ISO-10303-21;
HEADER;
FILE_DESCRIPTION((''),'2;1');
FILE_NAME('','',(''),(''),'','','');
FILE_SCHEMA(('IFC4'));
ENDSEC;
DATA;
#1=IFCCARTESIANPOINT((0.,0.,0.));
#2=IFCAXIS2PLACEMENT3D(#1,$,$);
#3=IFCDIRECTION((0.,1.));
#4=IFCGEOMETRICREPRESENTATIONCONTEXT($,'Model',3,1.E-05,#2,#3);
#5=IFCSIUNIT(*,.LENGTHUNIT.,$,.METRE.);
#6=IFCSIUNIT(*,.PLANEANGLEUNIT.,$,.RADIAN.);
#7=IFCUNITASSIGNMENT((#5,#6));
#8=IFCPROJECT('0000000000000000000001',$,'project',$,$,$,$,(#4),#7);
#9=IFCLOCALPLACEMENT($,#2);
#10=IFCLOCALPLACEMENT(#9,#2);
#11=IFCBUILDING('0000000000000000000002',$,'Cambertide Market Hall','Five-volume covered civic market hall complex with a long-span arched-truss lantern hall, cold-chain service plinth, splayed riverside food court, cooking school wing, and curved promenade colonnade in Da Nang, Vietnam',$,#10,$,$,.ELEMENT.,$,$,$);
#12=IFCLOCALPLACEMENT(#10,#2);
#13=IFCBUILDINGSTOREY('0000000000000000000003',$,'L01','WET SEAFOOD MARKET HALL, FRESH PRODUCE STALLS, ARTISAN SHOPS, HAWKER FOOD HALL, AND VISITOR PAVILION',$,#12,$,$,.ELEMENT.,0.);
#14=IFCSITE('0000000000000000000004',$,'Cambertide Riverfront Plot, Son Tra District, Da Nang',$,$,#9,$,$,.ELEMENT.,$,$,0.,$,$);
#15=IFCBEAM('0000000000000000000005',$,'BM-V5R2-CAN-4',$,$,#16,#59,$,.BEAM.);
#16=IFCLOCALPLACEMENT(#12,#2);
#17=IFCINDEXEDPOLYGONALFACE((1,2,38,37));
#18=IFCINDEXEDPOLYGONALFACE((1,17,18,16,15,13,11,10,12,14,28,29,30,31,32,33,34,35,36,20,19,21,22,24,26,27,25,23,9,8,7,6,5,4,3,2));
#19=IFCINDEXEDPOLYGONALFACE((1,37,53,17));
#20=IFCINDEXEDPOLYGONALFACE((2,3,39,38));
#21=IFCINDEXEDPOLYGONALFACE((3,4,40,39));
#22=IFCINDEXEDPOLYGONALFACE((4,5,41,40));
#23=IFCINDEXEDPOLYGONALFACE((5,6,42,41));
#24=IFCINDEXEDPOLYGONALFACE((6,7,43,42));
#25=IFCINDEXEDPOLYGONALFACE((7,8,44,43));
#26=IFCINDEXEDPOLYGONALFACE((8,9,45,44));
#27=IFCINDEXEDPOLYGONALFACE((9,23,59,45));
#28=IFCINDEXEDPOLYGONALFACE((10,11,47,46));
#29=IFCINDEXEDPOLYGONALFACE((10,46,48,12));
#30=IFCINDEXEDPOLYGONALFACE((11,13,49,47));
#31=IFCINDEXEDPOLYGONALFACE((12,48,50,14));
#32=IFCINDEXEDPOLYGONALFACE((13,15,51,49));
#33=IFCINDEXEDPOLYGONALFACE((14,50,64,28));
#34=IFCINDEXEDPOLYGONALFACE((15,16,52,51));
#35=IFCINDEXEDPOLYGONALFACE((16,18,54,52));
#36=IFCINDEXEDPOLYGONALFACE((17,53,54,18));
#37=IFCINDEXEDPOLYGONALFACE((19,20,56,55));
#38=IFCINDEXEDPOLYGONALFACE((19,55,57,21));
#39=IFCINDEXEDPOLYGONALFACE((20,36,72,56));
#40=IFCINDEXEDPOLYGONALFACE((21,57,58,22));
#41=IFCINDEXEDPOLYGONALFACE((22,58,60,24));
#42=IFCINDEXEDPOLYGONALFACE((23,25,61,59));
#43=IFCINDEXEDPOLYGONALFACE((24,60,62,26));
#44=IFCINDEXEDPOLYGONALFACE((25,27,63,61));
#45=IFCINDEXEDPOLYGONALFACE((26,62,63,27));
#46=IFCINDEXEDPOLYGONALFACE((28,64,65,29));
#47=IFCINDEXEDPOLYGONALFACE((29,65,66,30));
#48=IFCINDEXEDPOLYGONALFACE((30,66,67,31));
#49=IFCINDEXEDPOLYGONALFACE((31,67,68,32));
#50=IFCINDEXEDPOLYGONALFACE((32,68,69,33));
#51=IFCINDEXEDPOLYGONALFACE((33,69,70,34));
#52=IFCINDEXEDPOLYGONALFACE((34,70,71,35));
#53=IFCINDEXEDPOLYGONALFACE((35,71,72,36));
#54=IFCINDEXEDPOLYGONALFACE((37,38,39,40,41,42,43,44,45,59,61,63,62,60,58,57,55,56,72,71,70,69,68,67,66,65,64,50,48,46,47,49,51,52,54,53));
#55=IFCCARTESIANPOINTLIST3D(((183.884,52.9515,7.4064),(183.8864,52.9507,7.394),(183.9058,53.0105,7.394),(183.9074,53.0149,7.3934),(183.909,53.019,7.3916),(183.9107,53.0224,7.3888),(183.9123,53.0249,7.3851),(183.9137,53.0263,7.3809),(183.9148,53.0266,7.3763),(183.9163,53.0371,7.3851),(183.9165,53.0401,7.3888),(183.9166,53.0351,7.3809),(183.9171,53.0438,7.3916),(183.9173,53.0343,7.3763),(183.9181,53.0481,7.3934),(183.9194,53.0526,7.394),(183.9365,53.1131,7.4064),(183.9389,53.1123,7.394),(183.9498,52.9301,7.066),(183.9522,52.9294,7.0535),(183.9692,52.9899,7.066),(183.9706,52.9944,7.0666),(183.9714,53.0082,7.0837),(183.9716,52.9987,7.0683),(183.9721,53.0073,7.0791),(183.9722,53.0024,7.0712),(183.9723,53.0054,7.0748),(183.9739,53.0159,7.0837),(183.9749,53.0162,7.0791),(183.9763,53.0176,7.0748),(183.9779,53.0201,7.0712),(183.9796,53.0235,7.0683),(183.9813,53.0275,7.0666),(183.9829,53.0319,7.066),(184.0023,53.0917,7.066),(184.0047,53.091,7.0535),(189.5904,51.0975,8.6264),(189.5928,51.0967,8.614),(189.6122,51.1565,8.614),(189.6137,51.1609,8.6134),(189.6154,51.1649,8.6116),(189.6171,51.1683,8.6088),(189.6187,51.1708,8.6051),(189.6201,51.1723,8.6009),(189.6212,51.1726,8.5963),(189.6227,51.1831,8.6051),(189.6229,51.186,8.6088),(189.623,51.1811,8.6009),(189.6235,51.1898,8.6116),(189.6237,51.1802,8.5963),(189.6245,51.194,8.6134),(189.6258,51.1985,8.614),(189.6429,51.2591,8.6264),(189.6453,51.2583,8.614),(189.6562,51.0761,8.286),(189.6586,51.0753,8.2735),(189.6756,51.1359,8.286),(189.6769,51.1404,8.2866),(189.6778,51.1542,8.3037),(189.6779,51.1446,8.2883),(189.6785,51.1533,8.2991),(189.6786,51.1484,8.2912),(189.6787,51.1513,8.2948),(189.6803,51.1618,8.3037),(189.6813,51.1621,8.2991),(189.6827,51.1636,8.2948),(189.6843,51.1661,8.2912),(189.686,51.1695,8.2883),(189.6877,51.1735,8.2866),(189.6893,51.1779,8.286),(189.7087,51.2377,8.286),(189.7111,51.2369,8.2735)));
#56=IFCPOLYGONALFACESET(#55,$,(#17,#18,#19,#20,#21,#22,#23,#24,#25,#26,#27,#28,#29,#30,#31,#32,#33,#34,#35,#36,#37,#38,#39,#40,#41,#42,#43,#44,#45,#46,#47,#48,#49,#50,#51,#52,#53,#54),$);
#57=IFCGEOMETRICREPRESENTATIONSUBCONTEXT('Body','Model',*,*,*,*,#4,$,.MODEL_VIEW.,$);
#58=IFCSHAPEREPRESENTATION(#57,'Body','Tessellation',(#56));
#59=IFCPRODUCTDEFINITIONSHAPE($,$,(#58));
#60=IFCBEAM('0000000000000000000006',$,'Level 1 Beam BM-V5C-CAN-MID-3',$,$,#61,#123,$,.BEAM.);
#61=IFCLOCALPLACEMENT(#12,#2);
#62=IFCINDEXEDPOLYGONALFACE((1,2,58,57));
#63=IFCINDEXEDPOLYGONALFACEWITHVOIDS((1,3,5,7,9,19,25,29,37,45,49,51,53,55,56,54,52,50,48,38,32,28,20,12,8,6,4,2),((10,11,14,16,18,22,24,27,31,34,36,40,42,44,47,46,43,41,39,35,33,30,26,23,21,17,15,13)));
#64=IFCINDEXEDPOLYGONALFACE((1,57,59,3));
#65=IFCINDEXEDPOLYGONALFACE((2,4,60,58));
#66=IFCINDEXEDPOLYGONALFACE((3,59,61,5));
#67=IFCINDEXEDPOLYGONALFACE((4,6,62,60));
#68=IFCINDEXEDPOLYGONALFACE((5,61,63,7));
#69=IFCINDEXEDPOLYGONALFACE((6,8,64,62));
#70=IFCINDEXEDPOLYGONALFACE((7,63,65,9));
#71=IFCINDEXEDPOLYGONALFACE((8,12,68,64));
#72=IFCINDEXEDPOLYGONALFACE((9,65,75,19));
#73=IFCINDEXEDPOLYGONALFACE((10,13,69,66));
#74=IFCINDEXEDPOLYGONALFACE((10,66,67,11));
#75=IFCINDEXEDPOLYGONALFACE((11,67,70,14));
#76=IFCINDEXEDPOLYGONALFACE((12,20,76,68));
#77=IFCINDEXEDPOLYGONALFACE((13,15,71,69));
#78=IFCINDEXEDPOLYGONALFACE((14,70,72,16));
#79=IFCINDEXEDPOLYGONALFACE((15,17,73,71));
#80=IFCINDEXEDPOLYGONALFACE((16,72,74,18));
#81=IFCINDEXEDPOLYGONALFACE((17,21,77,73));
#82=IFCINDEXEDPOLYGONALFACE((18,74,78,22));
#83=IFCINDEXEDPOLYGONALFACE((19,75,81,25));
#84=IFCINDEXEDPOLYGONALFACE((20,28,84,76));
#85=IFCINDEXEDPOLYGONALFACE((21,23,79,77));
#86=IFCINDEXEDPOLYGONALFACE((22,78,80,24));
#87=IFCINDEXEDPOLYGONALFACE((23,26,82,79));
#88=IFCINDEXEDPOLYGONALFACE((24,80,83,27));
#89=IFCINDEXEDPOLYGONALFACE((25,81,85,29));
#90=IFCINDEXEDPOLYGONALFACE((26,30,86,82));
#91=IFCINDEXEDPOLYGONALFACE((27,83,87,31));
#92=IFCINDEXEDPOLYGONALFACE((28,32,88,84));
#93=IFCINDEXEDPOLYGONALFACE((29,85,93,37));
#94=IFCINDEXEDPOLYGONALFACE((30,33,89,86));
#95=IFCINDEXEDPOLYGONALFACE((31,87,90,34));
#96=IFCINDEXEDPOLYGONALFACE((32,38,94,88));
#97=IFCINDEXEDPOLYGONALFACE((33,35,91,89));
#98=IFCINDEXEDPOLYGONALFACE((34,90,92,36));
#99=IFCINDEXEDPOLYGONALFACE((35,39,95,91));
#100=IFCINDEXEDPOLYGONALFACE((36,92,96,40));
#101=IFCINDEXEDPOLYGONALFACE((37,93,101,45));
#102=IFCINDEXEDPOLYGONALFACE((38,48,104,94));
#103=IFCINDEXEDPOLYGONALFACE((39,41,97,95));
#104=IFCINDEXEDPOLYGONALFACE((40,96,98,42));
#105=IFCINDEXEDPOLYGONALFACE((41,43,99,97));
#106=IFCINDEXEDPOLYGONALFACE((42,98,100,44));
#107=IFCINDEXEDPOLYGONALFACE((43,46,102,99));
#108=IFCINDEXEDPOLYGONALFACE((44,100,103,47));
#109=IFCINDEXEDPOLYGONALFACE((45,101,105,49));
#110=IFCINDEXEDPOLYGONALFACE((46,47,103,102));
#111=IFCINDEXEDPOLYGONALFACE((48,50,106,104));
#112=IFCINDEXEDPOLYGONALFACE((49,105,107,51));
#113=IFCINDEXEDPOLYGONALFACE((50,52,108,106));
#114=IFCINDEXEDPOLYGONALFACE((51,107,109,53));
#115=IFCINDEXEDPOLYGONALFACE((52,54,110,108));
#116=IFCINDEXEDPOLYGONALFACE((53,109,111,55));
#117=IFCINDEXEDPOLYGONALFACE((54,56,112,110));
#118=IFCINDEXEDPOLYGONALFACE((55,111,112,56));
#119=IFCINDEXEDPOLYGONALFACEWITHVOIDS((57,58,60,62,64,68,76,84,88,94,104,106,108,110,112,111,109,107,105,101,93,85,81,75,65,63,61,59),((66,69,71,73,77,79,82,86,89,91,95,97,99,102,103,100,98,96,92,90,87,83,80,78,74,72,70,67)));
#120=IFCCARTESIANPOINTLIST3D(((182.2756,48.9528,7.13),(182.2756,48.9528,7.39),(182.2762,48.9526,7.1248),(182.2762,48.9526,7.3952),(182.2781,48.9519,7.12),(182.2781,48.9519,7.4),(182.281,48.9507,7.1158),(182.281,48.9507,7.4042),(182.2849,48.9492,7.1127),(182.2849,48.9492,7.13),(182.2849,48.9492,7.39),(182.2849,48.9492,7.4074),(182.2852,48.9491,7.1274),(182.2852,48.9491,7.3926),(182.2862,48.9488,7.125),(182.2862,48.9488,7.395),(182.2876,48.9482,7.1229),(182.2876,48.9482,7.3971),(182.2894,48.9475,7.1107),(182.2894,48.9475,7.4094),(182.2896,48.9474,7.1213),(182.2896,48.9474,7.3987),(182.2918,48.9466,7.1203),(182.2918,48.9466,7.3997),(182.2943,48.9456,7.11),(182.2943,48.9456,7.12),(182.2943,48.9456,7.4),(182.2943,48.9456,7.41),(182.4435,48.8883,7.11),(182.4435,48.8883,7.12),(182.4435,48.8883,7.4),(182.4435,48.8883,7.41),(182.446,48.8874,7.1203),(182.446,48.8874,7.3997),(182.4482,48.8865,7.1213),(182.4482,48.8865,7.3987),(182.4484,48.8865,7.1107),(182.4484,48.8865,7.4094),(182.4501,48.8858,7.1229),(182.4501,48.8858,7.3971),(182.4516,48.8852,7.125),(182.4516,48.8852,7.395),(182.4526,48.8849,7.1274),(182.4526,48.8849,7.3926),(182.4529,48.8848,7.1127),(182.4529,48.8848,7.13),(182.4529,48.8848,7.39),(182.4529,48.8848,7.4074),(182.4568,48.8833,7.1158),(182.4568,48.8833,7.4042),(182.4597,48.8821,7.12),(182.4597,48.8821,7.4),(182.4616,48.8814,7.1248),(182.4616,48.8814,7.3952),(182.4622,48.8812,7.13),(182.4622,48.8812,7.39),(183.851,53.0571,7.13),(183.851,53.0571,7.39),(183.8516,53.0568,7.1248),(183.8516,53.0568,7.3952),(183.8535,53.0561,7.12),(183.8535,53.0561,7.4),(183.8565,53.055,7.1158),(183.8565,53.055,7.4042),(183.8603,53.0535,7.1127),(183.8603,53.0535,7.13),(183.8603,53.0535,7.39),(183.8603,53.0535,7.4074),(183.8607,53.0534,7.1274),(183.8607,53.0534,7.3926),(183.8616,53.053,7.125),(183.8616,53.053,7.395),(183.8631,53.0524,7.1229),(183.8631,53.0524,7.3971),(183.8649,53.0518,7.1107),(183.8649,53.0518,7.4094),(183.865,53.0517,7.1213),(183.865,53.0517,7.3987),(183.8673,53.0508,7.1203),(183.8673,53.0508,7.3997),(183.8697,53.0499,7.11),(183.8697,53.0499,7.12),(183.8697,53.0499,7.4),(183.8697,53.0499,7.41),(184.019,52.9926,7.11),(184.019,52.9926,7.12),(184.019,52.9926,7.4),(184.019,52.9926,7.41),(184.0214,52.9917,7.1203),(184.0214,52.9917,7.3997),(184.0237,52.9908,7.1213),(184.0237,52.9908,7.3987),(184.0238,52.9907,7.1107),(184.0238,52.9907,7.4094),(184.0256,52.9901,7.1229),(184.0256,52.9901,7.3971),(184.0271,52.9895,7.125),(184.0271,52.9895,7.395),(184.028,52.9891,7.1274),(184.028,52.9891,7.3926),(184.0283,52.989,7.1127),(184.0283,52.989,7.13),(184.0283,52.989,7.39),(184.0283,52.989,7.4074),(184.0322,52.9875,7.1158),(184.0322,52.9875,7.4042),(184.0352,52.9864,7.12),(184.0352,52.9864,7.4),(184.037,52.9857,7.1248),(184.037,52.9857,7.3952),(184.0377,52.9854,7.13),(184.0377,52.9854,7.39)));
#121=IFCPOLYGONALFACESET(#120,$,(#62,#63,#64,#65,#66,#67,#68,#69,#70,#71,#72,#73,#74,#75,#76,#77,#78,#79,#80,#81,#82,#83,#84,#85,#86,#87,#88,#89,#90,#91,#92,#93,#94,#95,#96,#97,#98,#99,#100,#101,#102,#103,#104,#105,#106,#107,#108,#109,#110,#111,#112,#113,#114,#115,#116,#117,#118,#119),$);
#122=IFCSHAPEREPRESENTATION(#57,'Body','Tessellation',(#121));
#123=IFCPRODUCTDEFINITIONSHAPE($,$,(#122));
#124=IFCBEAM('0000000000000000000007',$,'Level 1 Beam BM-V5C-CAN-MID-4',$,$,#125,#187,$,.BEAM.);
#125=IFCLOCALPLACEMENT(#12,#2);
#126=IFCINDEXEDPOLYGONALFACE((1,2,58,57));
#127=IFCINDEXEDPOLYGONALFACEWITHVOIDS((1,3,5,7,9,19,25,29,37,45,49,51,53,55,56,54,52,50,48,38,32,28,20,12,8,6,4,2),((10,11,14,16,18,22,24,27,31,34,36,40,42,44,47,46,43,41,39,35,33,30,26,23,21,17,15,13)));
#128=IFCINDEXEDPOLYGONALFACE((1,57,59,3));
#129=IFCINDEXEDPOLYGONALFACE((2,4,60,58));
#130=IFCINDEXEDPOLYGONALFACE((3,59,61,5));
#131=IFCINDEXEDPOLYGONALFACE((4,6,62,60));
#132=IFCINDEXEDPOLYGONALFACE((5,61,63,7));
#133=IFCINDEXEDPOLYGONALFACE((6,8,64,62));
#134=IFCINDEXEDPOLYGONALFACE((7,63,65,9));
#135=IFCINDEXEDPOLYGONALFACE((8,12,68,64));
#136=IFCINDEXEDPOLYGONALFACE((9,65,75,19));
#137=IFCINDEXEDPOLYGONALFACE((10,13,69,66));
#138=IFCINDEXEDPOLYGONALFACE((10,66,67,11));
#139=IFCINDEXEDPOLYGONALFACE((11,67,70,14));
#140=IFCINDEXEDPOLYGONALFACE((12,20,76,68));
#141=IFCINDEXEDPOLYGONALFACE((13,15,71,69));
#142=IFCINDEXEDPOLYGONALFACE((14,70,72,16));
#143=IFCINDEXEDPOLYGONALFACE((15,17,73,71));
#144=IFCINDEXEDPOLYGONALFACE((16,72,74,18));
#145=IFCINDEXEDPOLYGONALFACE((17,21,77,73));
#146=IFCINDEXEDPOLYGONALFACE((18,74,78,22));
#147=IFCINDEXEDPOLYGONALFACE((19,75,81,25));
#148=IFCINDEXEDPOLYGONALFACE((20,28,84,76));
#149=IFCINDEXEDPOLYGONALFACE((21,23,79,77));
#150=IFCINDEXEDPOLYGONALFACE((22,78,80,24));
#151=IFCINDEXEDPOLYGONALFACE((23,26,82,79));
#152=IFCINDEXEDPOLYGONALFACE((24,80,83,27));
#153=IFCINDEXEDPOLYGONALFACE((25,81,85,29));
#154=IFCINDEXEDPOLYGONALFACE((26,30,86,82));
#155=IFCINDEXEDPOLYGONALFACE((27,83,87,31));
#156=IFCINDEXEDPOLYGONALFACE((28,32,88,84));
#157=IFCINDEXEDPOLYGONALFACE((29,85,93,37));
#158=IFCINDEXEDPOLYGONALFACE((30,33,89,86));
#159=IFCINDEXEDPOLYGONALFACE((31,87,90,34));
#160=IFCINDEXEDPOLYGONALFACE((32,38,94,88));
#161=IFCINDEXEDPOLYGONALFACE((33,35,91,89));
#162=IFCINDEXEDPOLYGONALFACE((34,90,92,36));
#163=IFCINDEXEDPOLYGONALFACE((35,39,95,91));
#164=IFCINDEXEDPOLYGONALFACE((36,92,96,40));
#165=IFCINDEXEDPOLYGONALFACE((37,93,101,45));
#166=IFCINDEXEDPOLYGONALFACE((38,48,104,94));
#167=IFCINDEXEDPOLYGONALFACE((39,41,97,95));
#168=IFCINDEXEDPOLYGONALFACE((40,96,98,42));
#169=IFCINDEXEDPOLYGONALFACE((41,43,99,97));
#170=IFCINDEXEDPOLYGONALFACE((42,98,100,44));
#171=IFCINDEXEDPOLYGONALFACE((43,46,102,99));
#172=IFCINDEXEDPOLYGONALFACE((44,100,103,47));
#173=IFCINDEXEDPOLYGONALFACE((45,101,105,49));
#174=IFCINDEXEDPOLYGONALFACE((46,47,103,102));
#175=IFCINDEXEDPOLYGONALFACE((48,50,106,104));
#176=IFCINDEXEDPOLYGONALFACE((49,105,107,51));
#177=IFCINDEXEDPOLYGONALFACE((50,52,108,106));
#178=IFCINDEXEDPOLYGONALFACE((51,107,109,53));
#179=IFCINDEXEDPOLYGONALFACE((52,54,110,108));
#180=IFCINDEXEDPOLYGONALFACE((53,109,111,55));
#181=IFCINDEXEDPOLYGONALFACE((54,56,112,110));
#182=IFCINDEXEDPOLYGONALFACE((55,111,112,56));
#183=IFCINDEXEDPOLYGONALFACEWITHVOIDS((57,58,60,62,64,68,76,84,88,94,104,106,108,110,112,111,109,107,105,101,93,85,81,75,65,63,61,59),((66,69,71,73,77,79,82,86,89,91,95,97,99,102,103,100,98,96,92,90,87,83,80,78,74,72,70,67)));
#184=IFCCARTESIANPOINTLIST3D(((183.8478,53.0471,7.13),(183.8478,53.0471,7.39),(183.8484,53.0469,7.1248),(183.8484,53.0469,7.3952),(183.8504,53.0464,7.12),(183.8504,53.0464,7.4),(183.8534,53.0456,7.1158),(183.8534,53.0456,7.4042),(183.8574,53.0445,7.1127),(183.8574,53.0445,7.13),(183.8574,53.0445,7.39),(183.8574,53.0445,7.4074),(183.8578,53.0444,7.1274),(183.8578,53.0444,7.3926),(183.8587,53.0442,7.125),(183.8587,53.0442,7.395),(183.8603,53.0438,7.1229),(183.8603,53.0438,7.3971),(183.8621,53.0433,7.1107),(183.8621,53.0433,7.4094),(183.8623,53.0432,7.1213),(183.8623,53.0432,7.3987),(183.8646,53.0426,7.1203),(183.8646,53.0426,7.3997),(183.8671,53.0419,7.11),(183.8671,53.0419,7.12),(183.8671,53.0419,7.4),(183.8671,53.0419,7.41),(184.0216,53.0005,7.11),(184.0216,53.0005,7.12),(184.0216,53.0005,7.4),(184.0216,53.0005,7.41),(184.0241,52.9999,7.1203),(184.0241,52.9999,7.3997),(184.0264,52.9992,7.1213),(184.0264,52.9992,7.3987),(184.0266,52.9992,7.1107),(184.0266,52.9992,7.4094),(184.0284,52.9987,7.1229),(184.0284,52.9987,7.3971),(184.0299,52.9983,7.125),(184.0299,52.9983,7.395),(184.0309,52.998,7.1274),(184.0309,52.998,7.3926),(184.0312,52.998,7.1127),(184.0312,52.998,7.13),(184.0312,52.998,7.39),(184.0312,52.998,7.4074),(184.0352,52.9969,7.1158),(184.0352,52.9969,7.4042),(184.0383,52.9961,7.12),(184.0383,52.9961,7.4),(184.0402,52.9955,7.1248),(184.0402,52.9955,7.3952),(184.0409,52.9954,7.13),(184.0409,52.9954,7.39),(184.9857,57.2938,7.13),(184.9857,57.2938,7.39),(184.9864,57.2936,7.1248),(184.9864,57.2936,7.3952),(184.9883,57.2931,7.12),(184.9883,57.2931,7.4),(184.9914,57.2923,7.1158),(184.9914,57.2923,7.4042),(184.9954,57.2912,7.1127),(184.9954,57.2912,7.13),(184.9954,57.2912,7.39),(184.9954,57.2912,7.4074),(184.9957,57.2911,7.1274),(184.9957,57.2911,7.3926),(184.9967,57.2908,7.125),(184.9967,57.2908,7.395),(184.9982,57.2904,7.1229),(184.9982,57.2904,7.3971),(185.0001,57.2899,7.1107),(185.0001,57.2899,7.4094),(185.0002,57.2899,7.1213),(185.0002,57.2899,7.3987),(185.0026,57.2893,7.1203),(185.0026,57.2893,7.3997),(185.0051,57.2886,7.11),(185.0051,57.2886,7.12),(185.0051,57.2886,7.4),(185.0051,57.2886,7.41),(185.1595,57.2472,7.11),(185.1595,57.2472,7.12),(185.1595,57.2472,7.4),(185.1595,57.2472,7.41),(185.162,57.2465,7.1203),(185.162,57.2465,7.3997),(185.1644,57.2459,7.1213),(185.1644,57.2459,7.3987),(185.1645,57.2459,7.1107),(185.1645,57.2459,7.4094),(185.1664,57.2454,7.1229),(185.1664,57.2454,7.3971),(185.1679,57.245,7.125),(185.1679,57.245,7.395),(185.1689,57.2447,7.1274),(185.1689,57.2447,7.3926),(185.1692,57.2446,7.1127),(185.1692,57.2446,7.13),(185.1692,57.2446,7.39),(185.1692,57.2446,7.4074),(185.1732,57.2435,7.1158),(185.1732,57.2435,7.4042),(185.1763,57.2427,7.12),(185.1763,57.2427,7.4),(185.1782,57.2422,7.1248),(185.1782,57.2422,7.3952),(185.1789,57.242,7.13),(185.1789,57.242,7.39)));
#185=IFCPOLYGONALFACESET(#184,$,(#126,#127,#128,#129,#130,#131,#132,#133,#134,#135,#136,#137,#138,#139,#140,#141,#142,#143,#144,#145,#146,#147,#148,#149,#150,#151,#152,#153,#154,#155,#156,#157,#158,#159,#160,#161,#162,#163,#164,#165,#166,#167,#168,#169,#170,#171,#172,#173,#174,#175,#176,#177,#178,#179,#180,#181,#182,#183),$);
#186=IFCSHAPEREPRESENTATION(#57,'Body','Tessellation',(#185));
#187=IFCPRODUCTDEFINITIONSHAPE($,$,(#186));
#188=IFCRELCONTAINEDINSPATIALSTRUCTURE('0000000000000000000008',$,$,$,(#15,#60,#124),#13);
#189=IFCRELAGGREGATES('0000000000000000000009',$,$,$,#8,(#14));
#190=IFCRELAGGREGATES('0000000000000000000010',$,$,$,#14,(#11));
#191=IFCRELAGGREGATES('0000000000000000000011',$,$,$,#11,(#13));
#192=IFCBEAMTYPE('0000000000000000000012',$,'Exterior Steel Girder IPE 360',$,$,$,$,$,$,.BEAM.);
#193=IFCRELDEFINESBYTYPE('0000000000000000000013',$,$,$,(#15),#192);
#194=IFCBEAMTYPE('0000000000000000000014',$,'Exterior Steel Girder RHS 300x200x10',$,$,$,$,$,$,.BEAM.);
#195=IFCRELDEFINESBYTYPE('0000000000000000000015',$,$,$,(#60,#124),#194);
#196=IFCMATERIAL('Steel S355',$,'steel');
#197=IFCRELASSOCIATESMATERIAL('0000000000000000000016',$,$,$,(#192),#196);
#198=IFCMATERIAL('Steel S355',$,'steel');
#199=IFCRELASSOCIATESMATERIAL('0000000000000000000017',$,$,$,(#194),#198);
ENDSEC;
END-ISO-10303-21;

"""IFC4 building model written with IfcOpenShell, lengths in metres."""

from ifc_helpers import new_model, si_unit, direction, frame, origin, origin_2d, place, context, subcontext, project, spatial, hollow_rectangle, i_section, extrude, material, material_profile, profile_set, type_object, element, save


model = new_model("IFC4")

# Units and contexts
model_context = context("Model", 3, precision=1e-05, world=origin(), true_north=direction((0.0, 1.0)))
body_context = subcontext(model_context, "Body", "Model", "MODEL_VIEW")
ifc_project = project(units=[si_unit("LENGTHUNIT", "METRE"), si_unit("PLANEANGLEUNIT", "RADIAN")], contexts=[model_context])

# Site, building, storey
site_placement = place(None, origin())
site = spatial("IfcSite", under=ifc_project, at=site_placement, Name="Cambertide Riverfront Plot, Son Tra District, Da Nang", CompositionType="ELEMENT", RefElevation=0.0)
building_placement = place(site_placement, origin())
building = spatial("IfcBuilding", under=site, at=building_placement, Name="Cambertide Market Hall", Description="Five-volume covered civic market hall complex with a long-span arched-truss lantern hall, cold-chain service plinth, splayed riverside food court, cooking school wing, and curved promenade colonnade in Da Nang, Vietnam", CompositionType="ELEMENT")
storey_placement = place(building_placement, origin())
storey = spatial("IfcBuildingStorey", under=building, at=storey_placement, Name="L01", Description="WET SEAFOOD MARKET HALL, FRESH PRODUCE STALLS, ARTISAN SHOPS, HAWKER FOOD HALL, AND VISITOR PAVILION", CompositionType="ELEMENT", Elevation=0.0)

# Beams
ifc_material_1 = material(Name="Steel S355", Category="steel")
ifc_material_profile_1 = material_profile(ifc_material_1, i_section(OverallWidth=0.1699, OverallDepth=0.3601, WebThickness=0.0081, FlangeThickness=0.0127, FilletRadius=0.0181, at=origin_2d()), Name="IPE 360")
ifc_profile_set_1 = profile_set([ifc_material_profile_1], Name="Steel S355")
beam_type_1 = type_object("IfcBeamType", Name="Exterior Steel Girder IPE 360", PredefinedType="BEAM", material=ifc_profile_set_1)
for number, where, z_axis, x_axis, name in (
    (1, (183.9443, 53.0212, 7.23), (0.93199, -0.302808, 0.199254), (0.309004, 0.951061, 0.0), "BM-V5R2-CAN-4"),
):
    element("IfcBeam", number, at=place(storey_placement, frame(where, z_axis=z_axis, x_axis=x_axis)), inside=storey, type_object=beam_type_1, Name=name, PredefinedType="BEAM", context=body_context, shape_type="SweptSolid", body=[
        extrude(i_section(OverallWidth=0.1699, OverallDepth=0.3601, WebThickness=0.0081, FlangeThickness=0.0127, FilletRadius=0.0181, at=origin_2d()), origin(), (0.0, 0.0, 1.0), 6.1228),
    ])
ifc_material_2 = material(Name="Steel S355", Category="steel")
ifc_material_profile_2 = material_profile(ifc_material_2, hollow_rectangle(XDim=0.2, YDim=0.3, WallThickness=0.01, InnerFilletRadius=0.01, OuterFilletRadius=0.02, at=origin_2d()), Name="RHS 300x200x10")
ifc_profile_set_2 = profile_set([ifc_material_profile_2], Name="Steel S355")
beam_type_2 = type_object("IfcBeamType", Name="Exterior Steel Girder RHS 300x200x10", PredefinedType="BEAM", material=ifc_profile_set_2)
beam_1_placement = place(storey_placement, frame((182.3689, 48.917, 7.26), z_axis=(0.358361, 0.933583, 0.0), x_axis=(-0.933583, 0.358361, 0.0)))
element("IfcBeam", 2, at=beam_1_placement, inside=storey, type_object=beam_type_2, Name="Level 1 Beam BM-V5C-CAN-MID-3", PredefinedType="BEAM", context=body_context, shape_type="SweptSolid", body=[
    extrude(hollow_rectangle(XDim=0.2, YDim=0.3, WallThickness=0.01, InnerFilletRadius=0.01, OuterFilletRadius=0.02, at=origin_2d()), origin(), (0.0, 0.0, 1.0), 4.3962),
])
beam_2_placement = place(storey_placement, frame((183.9443, 53.0212, 7.26), z_axis=(0.258834, 0.965922, 0.0), x_axis=(-0.965922, 0.258834, 0.0)))
element("IfcBeam", 3, at=beam_2_placement, inside=storey, type_object=beam_type_2, Name="Level 1 Beam BM-V5C-CAN-MID-4", PredefinedType="BEAM", context=body_context, shape_type="SweptSolid", body=[
    extrude(hollow_rectangle(XDim=0.2, YDim=0.3, WallThickness=0.01, InnerFilletRadius=0.01, OuterFilletRadius=0.02, at=origin_2d()), origin(), (0.0, 0.0, 1.0), 4.3965),
])

save(model, "model.ifc")
